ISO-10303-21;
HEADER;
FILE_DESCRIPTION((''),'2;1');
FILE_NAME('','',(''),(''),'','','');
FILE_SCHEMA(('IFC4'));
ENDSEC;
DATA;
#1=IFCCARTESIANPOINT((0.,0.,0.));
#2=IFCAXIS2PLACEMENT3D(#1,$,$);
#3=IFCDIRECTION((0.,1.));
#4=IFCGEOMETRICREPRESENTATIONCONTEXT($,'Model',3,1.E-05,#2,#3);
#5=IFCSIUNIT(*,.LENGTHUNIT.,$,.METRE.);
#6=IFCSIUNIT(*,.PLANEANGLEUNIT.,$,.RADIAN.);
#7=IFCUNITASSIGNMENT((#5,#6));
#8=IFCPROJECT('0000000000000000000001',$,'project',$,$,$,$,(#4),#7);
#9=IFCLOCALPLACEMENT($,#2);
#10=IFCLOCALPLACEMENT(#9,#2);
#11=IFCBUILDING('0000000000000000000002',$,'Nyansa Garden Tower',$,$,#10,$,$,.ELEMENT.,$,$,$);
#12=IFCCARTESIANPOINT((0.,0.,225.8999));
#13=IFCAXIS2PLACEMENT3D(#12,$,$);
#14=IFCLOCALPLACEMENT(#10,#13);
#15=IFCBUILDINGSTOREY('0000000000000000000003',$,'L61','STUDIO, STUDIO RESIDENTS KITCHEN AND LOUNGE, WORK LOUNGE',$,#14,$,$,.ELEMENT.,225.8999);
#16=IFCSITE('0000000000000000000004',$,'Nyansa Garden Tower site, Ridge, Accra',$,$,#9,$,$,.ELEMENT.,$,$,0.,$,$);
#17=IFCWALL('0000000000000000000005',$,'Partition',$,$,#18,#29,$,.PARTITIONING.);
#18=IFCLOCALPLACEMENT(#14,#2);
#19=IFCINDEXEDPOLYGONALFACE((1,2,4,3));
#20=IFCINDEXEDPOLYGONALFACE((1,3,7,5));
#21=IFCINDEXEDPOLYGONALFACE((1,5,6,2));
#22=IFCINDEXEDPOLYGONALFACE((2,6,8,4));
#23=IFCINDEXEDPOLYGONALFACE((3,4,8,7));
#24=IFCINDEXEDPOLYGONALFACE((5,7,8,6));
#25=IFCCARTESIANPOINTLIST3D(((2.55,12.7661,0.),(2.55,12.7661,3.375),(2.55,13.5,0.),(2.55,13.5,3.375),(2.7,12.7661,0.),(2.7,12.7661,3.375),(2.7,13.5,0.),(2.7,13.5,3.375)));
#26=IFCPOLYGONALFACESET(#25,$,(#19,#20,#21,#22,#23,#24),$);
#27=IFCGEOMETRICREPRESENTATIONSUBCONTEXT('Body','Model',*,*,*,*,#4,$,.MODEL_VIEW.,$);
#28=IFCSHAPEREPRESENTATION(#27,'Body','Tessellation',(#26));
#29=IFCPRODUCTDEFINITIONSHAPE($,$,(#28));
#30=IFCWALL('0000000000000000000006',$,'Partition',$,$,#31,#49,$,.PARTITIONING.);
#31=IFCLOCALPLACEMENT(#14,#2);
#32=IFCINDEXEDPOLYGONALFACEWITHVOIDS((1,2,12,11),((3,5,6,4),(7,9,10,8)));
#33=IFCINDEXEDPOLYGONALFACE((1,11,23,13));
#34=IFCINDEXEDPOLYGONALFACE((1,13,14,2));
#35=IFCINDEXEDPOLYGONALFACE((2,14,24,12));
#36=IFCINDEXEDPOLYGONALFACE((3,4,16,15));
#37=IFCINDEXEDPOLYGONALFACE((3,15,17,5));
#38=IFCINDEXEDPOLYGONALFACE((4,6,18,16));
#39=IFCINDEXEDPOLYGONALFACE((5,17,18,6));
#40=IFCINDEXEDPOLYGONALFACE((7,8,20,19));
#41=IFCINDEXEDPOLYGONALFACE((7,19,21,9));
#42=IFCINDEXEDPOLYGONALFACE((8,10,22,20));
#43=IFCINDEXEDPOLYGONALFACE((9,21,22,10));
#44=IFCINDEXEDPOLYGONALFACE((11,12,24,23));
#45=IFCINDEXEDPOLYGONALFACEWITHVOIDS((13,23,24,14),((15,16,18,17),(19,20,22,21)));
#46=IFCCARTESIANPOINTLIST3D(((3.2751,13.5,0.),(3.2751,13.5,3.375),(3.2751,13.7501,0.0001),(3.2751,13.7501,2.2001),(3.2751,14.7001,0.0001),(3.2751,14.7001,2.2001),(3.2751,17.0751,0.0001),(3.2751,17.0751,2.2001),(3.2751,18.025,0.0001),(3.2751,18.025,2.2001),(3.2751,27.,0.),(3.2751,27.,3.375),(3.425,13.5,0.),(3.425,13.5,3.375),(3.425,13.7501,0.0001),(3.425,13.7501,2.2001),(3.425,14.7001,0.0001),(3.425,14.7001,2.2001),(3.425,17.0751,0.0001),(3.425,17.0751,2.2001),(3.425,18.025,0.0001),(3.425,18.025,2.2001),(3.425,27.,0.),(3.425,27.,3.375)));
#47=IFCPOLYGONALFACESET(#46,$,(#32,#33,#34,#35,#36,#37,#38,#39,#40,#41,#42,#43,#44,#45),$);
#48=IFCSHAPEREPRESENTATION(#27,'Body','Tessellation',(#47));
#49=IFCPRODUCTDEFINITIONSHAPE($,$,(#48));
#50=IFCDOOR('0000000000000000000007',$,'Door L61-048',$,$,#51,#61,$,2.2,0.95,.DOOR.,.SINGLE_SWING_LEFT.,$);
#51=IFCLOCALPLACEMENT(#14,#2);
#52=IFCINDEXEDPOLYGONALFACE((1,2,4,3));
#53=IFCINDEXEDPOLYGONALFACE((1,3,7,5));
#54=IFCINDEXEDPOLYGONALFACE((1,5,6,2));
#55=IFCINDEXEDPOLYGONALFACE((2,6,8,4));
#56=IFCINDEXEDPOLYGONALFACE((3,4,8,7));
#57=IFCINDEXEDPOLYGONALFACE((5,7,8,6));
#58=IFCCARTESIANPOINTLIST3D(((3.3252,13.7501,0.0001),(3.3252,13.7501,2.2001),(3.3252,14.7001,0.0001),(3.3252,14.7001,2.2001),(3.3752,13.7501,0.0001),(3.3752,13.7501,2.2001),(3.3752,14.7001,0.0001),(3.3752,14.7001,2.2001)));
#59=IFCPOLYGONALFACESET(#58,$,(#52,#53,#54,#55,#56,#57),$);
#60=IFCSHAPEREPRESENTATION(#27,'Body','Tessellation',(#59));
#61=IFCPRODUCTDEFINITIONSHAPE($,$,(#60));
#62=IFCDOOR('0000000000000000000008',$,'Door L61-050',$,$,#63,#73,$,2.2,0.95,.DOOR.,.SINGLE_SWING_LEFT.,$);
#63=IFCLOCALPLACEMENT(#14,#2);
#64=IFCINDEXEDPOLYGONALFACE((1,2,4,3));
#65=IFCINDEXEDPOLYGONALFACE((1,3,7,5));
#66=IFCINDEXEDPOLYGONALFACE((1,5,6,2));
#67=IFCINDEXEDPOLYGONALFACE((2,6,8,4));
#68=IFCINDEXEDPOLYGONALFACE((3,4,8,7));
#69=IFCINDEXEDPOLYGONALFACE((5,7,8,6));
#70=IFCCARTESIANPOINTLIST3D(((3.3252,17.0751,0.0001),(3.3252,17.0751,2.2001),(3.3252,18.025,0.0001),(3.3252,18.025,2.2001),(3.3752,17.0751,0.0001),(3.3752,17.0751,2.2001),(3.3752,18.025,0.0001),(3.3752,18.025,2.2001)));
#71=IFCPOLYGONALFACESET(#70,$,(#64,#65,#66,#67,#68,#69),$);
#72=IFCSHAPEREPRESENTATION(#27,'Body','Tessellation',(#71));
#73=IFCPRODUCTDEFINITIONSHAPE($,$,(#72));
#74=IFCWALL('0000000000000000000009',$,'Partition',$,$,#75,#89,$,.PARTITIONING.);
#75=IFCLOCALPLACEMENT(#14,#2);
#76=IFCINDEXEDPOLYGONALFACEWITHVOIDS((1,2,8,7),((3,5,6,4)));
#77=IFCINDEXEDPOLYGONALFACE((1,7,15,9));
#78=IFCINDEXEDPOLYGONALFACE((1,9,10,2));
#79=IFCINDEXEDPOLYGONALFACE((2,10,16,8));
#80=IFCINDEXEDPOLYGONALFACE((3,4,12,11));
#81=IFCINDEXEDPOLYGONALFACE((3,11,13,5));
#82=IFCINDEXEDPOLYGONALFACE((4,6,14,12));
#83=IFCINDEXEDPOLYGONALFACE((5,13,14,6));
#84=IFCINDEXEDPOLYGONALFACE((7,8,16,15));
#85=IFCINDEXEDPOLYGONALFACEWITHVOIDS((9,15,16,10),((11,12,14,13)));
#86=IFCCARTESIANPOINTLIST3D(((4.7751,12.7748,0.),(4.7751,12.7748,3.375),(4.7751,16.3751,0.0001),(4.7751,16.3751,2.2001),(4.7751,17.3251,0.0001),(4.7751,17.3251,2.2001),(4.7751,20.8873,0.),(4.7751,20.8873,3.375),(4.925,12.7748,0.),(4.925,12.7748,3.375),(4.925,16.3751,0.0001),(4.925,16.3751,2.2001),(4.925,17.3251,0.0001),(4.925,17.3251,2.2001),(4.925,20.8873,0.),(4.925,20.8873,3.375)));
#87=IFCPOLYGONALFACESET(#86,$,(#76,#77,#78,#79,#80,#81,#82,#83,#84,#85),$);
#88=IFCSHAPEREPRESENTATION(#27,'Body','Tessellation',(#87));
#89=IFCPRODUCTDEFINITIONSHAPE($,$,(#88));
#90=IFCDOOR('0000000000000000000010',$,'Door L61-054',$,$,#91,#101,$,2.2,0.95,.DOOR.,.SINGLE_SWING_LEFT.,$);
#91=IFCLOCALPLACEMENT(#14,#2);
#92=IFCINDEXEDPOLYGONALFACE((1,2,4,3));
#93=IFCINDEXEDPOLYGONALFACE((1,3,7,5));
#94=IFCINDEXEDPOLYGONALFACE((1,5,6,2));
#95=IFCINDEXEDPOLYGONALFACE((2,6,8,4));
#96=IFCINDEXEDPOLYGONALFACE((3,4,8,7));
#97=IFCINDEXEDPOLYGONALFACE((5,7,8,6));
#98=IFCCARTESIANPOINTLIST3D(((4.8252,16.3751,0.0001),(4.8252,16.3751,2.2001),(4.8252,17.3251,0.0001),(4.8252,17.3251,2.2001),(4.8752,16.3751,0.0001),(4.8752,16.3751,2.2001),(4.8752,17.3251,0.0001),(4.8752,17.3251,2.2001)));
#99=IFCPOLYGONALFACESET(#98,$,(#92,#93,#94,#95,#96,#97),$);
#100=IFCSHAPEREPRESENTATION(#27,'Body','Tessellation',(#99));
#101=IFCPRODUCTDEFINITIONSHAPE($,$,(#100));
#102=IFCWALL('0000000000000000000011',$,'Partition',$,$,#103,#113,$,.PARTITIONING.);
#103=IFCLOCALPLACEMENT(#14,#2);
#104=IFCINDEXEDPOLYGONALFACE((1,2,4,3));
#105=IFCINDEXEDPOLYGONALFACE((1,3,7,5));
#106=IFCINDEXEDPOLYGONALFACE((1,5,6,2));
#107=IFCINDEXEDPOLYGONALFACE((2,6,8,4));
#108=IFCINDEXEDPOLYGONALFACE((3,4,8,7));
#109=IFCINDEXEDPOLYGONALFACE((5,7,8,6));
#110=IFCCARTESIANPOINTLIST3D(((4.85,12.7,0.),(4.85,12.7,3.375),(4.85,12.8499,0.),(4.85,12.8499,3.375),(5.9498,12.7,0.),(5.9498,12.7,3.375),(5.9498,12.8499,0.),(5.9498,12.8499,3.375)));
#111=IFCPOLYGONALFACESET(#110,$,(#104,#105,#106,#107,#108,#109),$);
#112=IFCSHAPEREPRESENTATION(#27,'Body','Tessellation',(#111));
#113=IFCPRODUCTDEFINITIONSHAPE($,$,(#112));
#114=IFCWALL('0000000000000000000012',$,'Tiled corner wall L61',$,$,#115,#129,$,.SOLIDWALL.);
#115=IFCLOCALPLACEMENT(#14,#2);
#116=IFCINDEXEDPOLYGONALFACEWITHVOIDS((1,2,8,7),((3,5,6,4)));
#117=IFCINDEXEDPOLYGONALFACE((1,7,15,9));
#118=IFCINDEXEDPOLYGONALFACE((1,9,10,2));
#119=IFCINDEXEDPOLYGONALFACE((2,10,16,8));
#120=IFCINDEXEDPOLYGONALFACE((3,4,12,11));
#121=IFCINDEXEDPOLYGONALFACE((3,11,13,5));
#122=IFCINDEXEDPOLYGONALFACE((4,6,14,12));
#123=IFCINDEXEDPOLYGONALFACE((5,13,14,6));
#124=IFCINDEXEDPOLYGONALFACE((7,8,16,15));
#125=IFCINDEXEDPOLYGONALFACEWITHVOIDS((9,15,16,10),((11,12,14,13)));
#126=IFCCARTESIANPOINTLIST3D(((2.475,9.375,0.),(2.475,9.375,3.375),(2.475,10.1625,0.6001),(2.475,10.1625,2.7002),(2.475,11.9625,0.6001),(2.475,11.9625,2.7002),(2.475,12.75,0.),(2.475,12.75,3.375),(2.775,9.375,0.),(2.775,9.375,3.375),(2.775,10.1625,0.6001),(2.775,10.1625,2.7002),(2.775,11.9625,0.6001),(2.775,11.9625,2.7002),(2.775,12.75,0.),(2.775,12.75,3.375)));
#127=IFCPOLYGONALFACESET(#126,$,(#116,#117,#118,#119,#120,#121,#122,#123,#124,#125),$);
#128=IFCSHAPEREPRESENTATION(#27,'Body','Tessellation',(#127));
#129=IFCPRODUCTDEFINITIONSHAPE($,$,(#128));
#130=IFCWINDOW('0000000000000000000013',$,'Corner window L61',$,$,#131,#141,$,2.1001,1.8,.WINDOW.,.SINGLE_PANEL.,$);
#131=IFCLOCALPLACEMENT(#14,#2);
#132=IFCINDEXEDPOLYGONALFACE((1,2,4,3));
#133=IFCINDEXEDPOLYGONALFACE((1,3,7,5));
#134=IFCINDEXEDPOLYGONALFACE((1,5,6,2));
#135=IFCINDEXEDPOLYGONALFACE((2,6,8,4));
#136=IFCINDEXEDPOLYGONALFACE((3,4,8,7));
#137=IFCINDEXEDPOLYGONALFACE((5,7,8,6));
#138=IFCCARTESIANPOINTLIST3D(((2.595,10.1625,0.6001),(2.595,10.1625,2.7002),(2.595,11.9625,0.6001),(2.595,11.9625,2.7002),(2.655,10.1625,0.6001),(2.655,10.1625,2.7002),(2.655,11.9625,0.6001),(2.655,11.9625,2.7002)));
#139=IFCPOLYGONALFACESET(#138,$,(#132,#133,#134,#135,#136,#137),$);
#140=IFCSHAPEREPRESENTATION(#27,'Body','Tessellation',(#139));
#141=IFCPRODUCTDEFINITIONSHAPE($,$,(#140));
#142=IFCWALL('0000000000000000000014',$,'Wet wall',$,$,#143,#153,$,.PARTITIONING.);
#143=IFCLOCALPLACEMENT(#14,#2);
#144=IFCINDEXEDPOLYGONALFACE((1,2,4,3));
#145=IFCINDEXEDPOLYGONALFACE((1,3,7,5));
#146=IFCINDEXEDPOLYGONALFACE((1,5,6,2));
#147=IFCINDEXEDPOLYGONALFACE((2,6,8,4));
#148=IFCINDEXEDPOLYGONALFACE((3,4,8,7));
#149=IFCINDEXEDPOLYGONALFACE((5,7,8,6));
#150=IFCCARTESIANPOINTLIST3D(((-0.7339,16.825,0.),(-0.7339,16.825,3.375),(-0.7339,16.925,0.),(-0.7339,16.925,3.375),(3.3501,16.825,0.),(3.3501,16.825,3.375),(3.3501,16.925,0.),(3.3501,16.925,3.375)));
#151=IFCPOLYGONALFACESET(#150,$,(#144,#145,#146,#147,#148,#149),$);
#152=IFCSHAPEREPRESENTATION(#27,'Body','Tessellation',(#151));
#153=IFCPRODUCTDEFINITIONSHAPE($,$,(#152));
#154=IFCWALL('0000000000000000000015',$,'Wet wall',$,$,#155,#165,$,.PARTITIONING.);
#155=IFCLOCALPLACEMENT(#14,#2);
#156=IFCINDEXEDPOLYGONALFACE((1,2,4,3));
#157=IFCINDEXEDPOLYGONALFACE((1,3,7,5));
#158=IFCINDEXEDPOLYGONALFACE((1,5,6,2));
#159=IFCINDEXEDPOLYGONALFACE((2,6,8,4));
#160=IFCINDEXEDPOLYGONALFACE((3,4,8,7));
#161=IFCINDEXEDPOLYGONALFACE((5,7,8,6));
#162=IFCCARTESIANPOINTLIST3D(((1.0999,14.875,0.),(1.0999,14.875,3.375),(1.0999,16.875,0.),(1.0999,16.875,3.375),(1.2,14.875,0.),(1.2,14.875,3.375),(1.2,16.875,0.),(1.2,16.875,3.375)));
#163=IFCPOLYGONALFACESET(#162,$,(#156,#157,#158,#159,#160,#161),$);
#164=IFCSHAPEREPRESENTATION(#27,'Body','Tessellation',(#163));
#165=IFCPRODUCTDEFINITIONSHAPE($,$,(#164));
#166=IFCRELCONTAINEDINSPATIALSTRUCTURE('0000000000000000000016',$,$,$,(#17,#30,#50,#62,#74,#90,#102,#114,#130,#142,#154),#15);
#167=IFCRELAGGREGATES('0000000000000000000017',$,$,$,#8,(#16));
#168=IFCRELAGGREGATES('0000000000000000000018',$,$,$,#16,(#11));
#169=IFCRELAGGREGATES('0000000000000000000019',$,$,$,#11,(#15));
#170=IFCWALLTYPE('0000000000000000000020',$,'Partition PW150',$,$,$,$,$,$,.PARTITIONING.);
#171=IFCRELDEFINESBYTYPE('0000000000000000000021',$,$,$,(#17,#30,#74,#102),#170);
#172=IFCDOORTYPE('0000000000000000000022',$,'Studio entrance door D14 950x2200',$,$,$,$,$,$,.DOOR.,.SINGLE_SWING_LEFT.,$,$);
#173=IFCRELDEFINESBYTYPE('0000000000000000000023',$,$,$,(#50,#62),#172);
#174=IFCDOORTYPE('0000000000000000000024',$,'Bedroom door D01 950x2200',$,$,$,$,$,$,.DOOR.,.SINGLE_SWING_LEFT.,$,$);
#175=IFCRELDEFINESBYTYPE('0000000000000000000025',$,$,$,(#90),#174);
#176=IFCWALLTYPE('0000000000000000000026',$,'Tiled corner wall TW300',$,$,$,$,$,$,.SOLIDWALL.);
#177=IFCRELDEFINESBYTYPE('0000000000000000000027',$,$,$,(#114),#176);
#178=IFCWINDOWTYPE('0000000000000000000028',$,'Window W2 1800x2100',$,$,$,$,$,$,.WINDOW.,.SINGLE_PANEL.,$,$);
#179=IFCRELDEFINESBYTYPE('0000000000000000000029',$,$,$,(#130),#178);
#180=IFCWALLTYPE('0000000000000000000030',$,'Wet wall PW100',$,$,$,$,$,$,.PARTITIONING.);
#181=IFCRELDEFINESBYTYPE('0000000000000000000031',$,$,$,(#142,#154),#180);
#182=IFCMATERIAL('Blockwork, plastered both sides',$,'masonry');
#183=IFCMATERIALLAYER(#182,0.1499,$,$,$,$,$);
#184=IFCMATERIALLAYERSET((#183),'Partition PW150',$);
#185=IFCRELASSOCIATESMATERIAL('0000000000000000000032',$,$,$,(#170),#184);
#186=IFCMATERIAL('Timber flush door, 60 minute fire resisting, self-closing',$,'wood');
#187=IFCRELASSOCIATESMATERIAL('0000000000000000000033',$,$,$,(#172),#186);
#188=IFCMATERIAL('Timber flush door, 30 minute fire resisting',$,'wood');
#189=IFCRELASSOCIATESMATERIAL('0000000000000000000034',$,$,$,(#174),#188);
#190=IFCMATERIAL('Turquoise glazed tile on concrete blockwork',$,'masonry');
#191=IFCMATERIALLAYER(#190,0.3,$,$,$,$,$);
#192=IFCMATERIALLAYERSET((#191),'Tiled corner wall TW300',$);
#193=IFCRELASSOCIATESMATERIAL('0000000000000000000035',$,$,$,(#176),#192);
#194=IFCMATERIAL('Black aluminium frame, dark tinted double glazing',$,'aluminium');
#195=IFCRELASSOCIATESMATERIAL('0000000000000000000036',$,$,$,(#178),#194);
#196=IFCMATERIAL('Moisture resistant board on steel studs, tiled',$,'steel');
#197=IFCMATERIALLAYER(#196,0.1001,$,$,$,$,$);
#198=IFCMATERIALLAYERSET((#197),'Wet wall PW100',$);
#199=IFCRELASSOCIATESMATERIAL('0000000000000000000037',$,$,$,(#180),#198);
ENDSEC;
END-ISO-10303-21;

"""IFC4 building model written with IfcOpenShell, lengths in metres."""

from ifc_helpers import new_model, si_unit, direction, frame, frame_2d, origin, place, context, subcontext, project, spatial, rectangle, extrude, material, layer, layer_set, type_object, element, fill, save


model = new_model("IFC4")

# Units and contexts
model_context = context("Model", 3, precision=1e-05, world=origin(), true_north=direction((0.0, 1.0)))
body_context = subcontext(model_context, "Body", "Model", "MODEL_VIEW")
ifc_project = project(units=[si_unit("LENGTHUNIT", "METRE"), si_unit("PLANEANGLEUNIT", "RADIAN")], contexts=[model_context])

# Site, building, storey
site_placement = place(None, origin())
site = spatial("IfcSite", under=ifc_project, at=site_placement, Name="Nyansa Garden Tower site, Ridge, Accra", CompositionType="ELEMENT", RefElevation=0.0)
building_placement = place(site_placement, origin())
building = spatial("IfcBuilding", under=site, at=building_placement, Name="Nyansa Garden Tower", CompositionType="ELEMENT")
storey_placement = place(building_placement, frame((0.0, 0.0, 225.8999)))
storey = spatial("IfcBuildingStorey", under=building, at=storey_placement, Name="L61", Description="STUDIO, STUDIO RESIDENTS KITCHEN AND LOUNGE, WORK LOUNGE", CompositionType="ELEMENT", Elevation=225.8999)

# Wall
ifc_material_1 = material(Name="Blockwork, plastered both sides", Category="masonry")
ifc_layer_1 = layer(ifc_material_1, 0.1499)
ifc_layer_set_1 = layer_set([ifc_layer_1], Name="Partition PW150")
wall_type_1 = type_object("IfcWallType", Name="Partition PW150", PredefinedType="PARTITIONING", material=ifc_layer_set_1)
wall_1_placement = place(storey_placement, frame((2.625, 12.7661, 0.0), z_axis=(0.0, 0.0, 1.0), x_axis=(0.0, 1.0, 0.0)))
element("IfcWall", 1, at=wall_1_placement, inside=storey, type_object=wall_type_1, Name="Partition", PredefinedType="PARTITIONING", context=body_context, shape_type="SweptSolid", body=[
    extrude(rectangle(XDim=0.7339, YDim=0.1499, at=frame_2d((0.3669, 0.0))), origin(), (0.0, 0.0, 1.0), 3.375),
])

# Wall, openings, doors
wall_2_placement = place(storey_placement, frame((3.3501, 13.5, 0.0), z_axis=(0.0, 0.0, 1.0), x_axis=(0.0, 1.0, 0.0)))
wall_2 = element("IfcWall", 2, at=wall_2_placement, inside=storey, type_object=wall_type_1, Name="Partition", PredefinedType="PARTITIONING", context=body_context, shape_type="SweptSolid", body=[
    extrude(rectangle(XDim=13.5, YDim=0.1499, at=frame_2d((6.75, 0.0))), origin(), (0.0, 0.0, 1.0), 3.375),
])
opening_1_placement = place(wall_2_placement, frame((0.25, 0.0, 0.0)))
opening_1 = element("IfcOpeningElement", 3, at=opening_1_placement, cuts=wall_2, PredefinedType="OPENING", context=body_context, shape_type="SweptSolid", body=[
    extrude(rectangle(XDim=0.95, YDim=2.2, at=frame_2d((0.4751, 1.1001))), frame((0.0, 0.085, 0.0), z_axis=(0.0, -1.0, 0.0), x_axis=(1.0, 0.0, 0.0)), (0.0, 0.0, 1.0), 0.1699),
])
opening_2_placement = place(wall_2_placement, frame((3.575, 0.0, 0.0)))
opening_2 = element("IfcOpeningElement", 4, at=opening_2_placement, cuts=wall_2, PredefinedType="OPENING", context=body_context, shape_type="SweptSolid", body=[
    extrude(rectangle(XDim=0.95, YDim=2.2, at=frame_2d((0.4751, 1.1001))), frame((0.0, 0.085, 0.0), z_axis=(0.0, -1.0, 0.0), x_axis=(1.0, 0.0, 0.0)), (0.0, 0.0, 1.0), 0.1699),
])
ifc_material_2 = material(Name="Timber flush door, 60 minute fire resisting, self-closing", Category="wood")
door_type_1 = type_object("IfcDoorType", Name="Studio entrance door D14 950x2200", OperationType="SINGLE_SWING_LEFT", PredefinedType="DOOR", material=ifc_material_2)
door_1_placement = place(opening_1_placement, origin())
door_1 = element("IfcDoor", 5, at=door_1_placement, inside=storey, type_object=door_type_1, Name="Door L61-048", OperationType="SINGLE_SWING_LEFT", OverallHeight=2.2, OverallWidth=0.95, PredefinedType="DOOR", context=body_context, shape_type="SweptSolid", body=[
    extrude(rectangle(XDim=0.95, YDim=2.2, at=frame_2d((0.4751, 1.1001))), frame((0.0, 0.0249, 0.0), z_axis=(0.0, -1.0, 0.0), x_axis=(1.0, 0.0, 0.0)), (0.0, 0.0, 1.0), 0.05),
])
fill(opening_1, door_1)
door_2_placement = place(opening_2_placement, origin())
door_2 = element("IfcDoor", 6, at=door_2_placement, inside=storey, type_object=door_type_1, Name="Door L61-050", OperationType="SINGLE_SWING_LEFT", OverallHeight=2.2, OverallWidth=0.95, PredefinedType="DOOR", context=body_context, shape_type="SweptSolid", body=[
    extrude(rectangle(XDim=0.95, YDim=2.2, at=frame_2d((0.4751, 1.1001))), frame((0.0, 0.0249, 0.0), z_axis=(0.0, -1.0, 0.0), x_axis=(1.0, 0.0, 0.0)), (0.0, 0.0, 1.0), 0.05),
])
fill(opening_2, door_2)

# Wall, opening, door
wall_3_placement = place(storey_placement, frame((4.8501, 12.7749, 0.0), z_axis=(0.0, 0.0, 1.0), x_axis=(0.0, 1.0, 0.0)))
wall_3 = element("IfcWall", 7, at=wall_3_placement, inside=storey, type_object=wall_type_1, Name="Partition", PredefinedType="PARTITIONING", context=body_context, shape_type="SweptSolid", body=[
    extrude(rectangle(XDim=8.1125, YDim=0.1499, at=frame_2d((4.0562, 0.0))), origin(), (0.0, 0.0, 1.0), 3.375),
])
opening_3_placement = place(wall_3_placement, frame((3.6001, 0.0, 0.0)))
opening_3 = element("IfcOpeningElement", 8, at=opening_3_placement, cuts=wall_3, PredefinedType="OPENING", context=body_context, shape_type="SweptSolid", body=[
    extrude(rectangle(XDim=0.95, YDim=2.2, at=frame_2d((0.4751, 1.1001))), frame((0.0, 0.085, 0.0), z_axis=(0.0, -1.0, 0.0), x_axis=(1.0, 0.0, 0.0)), (0.0, 0.0, 1.0), 0.1699),
])
ifc_material_3 = material(Name="Timber flush door, 30 minute fire resisting", Category="wood")
door_type_2 = type_object("IfcDoorType", Name="Bedroom door D01 950x2200", OperationType="SINGLE_SWING_LEFT", PredefinedType="DOOR", material=ifc_material_3)
door_3_placement = place(opening_3_placement, origin())
door_3 = element("IfcDoor", 9, at=door_3_placement, inside=storey, type_object=door_type_2, Name="Door L61-054", OperationType="SINGLE_SWING_LEFT", OverallHeight=2.2, OverallWidth=0.95, PredefinedType="DOOR", context=body_context, shape_type="SweptSolid", body=[
    extrude(rectangle(XDim=0.95, YDim=2.2, at=frame_2d((0.4751, 1.1001))), frame((0.0, 0.0249, 0.0), z_axis=(0.0, -1.0, 0.0), x_axis=(1.0, 0.0, 0.0)), (0.0, 0.0, 1.0), 0.05),
])
fill(opening_3, door_3)

# Wall
wall_4_placement = place(storey_placement, frame((4.8501, 12.7749, 0.0), z_axis=(0.0, 0.0, 1.0), x_axis=(1.0, 0.0, 0.0)))
element("IfcWall", 10, at=wall_4_placement, inside=storey, type_object=wall_type_1, Name="Partition", PredefinedType="PARTITIONING", context=body_context, shape_type="SweptSolid", body=[
    extrude(rectangle(XDim=1.0999, YDim=0.1499, at=frame_2d((0.5498, 0.0))), origin(), (0.0, 0.0, 1.0), 3.375),
])

# Wall, opening, window
ifc_material_4 = material(Name="Turquoise glazed tile on concrete blockwork", Category="masonry")
ifc_layer_2 = layer(ifc_material_4, 0.3)
ifc_layer_set_2 = layer_set([ifc_layer_2], Name="Tiled corner wall TW300")
wall_type_2 = type_object("IfcWallType", Name="Tiled corner wall TW300", PredefinedType="SOLIDWALL", material=ifc_layer_set_2)
wall_5_placement = place(storey_placement, frame((2.625, 12.75, 0.0), z_axis=(0.0, 0.0, 1.0), x_axis=(0.0, -1.0, 0.0)))
wall_5 = element("IfcWall", 11, at=wall_5_placement, inside=storey, type_object=wall_type_2, Name="Tiled corner wall L61", PredefinedType="SOLIDWALL", context=body_context, shape_type="SweptSolid", body=[
    extrude(rectangle(XDim=3.375, YDim=0.3, at=frame_2d((1.6875, 0.0))), origin(), (0.0, 0.0, 1.0), 3.375),
])
opening_4_placement = place(wall_5_placement, frame((0.7876, 0.0, 0.6001)))
opening_4 = element("IfcOpeningElement", 12, at=opening_4_placement, cuts=wall_5, PredefinedType="OPENING", context=body_context, shape_type="SweptSolid", body=[
    extrude(rectangle(XDim=1.8, YDim=2.1001, at=frame_2d((0.8999, 1.05))), frame((0.0, 0.1599, 0.0), z_axis=(0.0, -1.0, 0.0), x_axis=(1.0, 0.0, 0.0)), (0.0, 0.0, 1.0), 0.3201),
])
ifc_material_5 = material(Name="Black aluminium frame, dark tinted double glazing", Category="aluminium")
window_type = type_object("IfcWindowType", Name="Window W2 1800x2100", PartitioningType="SINGLE_PANEL", PredefinedType="WINDOW", material=ifc_material_5)
window_placement = place(opening_4_placement, origin())
window = element("IfcWindow", 13, at=window_placement, inside=storey, type_object=window_type, Name="Corner window L61", OverallHeight=2.1001, OverallWidth=1.8, PartitioningType="SINGLE_PANEL", PredefinedType="WINDOW", context=body_context, shape_type="SweptSolid", body=[
    extrude(rectangle(XDim=1.8, YDim=2.1001, at=frame_2d((0.8999, 1.05))), frame((0.0, 0.03, 0.0), z_axis=(0.0, -1.0, 0.0), x_axis=(1.0, 0.0, 0.0)), (0.0, 0.0, 1.0), 0.0601),
])
fill(opening_4, window)

# Walls
ifc_material_6 = material(Name="Moisture resistant board on steel studs, tiled", Category="steel")
ifc_layer_3 = layer(ifc_material_6, 0.1001)
ifc_layer_set_3 = layer_set([ifc_layer_3], Name="Wet wall PW100")
wall_type_3 = type_object("IfcWallType", Name="Wet wall PW100", PredefinedType="PARTITIONING", material=ifc_layer_set_3)
wall_6_placement = place(storey_placement, frame((-0.7339, 16.875, 0.0), z_axis=(0.0, 0.0, 1.0), x_axis=(1.0, 0.0, 0.0)))
element("IfcWall", 14, at=wall_6_placement, inside=storey, type_object=wall_type_3, Name="Wet wall", PredefinedType="PARTITIONING", context=body_context, shape_type="SweptSolid", body=[
    extrude(rectangle(XDim=4.084, YDim=0.1001, at=frame_2d((2.042, 0.0))), origin(), (0.0, 0.0, 1.0), 3.375),
])
wall_7_placement = place(storey_placement, frame((1.1499, 14.875, 0.0), z_axis=(0.0, 0.0, 1.0), x_axis=(0.0, 1.0, 0.0)))
element("IfcWall", 15, at=wall_7_placement, inside=storey, type_object=wall_type_3, Name="Wet wall", PredefinedType="PARTITIONING", context=body_context, shape_type="SweptSolid", body=[
    extrude(rectangle(XDim=2.0, YDim=0.1001, at=frame_2d((1.0, 0.0))), origin(), (0.0, 0.0, 1.0), 3.375),
])

save(model, "model.ifc")
